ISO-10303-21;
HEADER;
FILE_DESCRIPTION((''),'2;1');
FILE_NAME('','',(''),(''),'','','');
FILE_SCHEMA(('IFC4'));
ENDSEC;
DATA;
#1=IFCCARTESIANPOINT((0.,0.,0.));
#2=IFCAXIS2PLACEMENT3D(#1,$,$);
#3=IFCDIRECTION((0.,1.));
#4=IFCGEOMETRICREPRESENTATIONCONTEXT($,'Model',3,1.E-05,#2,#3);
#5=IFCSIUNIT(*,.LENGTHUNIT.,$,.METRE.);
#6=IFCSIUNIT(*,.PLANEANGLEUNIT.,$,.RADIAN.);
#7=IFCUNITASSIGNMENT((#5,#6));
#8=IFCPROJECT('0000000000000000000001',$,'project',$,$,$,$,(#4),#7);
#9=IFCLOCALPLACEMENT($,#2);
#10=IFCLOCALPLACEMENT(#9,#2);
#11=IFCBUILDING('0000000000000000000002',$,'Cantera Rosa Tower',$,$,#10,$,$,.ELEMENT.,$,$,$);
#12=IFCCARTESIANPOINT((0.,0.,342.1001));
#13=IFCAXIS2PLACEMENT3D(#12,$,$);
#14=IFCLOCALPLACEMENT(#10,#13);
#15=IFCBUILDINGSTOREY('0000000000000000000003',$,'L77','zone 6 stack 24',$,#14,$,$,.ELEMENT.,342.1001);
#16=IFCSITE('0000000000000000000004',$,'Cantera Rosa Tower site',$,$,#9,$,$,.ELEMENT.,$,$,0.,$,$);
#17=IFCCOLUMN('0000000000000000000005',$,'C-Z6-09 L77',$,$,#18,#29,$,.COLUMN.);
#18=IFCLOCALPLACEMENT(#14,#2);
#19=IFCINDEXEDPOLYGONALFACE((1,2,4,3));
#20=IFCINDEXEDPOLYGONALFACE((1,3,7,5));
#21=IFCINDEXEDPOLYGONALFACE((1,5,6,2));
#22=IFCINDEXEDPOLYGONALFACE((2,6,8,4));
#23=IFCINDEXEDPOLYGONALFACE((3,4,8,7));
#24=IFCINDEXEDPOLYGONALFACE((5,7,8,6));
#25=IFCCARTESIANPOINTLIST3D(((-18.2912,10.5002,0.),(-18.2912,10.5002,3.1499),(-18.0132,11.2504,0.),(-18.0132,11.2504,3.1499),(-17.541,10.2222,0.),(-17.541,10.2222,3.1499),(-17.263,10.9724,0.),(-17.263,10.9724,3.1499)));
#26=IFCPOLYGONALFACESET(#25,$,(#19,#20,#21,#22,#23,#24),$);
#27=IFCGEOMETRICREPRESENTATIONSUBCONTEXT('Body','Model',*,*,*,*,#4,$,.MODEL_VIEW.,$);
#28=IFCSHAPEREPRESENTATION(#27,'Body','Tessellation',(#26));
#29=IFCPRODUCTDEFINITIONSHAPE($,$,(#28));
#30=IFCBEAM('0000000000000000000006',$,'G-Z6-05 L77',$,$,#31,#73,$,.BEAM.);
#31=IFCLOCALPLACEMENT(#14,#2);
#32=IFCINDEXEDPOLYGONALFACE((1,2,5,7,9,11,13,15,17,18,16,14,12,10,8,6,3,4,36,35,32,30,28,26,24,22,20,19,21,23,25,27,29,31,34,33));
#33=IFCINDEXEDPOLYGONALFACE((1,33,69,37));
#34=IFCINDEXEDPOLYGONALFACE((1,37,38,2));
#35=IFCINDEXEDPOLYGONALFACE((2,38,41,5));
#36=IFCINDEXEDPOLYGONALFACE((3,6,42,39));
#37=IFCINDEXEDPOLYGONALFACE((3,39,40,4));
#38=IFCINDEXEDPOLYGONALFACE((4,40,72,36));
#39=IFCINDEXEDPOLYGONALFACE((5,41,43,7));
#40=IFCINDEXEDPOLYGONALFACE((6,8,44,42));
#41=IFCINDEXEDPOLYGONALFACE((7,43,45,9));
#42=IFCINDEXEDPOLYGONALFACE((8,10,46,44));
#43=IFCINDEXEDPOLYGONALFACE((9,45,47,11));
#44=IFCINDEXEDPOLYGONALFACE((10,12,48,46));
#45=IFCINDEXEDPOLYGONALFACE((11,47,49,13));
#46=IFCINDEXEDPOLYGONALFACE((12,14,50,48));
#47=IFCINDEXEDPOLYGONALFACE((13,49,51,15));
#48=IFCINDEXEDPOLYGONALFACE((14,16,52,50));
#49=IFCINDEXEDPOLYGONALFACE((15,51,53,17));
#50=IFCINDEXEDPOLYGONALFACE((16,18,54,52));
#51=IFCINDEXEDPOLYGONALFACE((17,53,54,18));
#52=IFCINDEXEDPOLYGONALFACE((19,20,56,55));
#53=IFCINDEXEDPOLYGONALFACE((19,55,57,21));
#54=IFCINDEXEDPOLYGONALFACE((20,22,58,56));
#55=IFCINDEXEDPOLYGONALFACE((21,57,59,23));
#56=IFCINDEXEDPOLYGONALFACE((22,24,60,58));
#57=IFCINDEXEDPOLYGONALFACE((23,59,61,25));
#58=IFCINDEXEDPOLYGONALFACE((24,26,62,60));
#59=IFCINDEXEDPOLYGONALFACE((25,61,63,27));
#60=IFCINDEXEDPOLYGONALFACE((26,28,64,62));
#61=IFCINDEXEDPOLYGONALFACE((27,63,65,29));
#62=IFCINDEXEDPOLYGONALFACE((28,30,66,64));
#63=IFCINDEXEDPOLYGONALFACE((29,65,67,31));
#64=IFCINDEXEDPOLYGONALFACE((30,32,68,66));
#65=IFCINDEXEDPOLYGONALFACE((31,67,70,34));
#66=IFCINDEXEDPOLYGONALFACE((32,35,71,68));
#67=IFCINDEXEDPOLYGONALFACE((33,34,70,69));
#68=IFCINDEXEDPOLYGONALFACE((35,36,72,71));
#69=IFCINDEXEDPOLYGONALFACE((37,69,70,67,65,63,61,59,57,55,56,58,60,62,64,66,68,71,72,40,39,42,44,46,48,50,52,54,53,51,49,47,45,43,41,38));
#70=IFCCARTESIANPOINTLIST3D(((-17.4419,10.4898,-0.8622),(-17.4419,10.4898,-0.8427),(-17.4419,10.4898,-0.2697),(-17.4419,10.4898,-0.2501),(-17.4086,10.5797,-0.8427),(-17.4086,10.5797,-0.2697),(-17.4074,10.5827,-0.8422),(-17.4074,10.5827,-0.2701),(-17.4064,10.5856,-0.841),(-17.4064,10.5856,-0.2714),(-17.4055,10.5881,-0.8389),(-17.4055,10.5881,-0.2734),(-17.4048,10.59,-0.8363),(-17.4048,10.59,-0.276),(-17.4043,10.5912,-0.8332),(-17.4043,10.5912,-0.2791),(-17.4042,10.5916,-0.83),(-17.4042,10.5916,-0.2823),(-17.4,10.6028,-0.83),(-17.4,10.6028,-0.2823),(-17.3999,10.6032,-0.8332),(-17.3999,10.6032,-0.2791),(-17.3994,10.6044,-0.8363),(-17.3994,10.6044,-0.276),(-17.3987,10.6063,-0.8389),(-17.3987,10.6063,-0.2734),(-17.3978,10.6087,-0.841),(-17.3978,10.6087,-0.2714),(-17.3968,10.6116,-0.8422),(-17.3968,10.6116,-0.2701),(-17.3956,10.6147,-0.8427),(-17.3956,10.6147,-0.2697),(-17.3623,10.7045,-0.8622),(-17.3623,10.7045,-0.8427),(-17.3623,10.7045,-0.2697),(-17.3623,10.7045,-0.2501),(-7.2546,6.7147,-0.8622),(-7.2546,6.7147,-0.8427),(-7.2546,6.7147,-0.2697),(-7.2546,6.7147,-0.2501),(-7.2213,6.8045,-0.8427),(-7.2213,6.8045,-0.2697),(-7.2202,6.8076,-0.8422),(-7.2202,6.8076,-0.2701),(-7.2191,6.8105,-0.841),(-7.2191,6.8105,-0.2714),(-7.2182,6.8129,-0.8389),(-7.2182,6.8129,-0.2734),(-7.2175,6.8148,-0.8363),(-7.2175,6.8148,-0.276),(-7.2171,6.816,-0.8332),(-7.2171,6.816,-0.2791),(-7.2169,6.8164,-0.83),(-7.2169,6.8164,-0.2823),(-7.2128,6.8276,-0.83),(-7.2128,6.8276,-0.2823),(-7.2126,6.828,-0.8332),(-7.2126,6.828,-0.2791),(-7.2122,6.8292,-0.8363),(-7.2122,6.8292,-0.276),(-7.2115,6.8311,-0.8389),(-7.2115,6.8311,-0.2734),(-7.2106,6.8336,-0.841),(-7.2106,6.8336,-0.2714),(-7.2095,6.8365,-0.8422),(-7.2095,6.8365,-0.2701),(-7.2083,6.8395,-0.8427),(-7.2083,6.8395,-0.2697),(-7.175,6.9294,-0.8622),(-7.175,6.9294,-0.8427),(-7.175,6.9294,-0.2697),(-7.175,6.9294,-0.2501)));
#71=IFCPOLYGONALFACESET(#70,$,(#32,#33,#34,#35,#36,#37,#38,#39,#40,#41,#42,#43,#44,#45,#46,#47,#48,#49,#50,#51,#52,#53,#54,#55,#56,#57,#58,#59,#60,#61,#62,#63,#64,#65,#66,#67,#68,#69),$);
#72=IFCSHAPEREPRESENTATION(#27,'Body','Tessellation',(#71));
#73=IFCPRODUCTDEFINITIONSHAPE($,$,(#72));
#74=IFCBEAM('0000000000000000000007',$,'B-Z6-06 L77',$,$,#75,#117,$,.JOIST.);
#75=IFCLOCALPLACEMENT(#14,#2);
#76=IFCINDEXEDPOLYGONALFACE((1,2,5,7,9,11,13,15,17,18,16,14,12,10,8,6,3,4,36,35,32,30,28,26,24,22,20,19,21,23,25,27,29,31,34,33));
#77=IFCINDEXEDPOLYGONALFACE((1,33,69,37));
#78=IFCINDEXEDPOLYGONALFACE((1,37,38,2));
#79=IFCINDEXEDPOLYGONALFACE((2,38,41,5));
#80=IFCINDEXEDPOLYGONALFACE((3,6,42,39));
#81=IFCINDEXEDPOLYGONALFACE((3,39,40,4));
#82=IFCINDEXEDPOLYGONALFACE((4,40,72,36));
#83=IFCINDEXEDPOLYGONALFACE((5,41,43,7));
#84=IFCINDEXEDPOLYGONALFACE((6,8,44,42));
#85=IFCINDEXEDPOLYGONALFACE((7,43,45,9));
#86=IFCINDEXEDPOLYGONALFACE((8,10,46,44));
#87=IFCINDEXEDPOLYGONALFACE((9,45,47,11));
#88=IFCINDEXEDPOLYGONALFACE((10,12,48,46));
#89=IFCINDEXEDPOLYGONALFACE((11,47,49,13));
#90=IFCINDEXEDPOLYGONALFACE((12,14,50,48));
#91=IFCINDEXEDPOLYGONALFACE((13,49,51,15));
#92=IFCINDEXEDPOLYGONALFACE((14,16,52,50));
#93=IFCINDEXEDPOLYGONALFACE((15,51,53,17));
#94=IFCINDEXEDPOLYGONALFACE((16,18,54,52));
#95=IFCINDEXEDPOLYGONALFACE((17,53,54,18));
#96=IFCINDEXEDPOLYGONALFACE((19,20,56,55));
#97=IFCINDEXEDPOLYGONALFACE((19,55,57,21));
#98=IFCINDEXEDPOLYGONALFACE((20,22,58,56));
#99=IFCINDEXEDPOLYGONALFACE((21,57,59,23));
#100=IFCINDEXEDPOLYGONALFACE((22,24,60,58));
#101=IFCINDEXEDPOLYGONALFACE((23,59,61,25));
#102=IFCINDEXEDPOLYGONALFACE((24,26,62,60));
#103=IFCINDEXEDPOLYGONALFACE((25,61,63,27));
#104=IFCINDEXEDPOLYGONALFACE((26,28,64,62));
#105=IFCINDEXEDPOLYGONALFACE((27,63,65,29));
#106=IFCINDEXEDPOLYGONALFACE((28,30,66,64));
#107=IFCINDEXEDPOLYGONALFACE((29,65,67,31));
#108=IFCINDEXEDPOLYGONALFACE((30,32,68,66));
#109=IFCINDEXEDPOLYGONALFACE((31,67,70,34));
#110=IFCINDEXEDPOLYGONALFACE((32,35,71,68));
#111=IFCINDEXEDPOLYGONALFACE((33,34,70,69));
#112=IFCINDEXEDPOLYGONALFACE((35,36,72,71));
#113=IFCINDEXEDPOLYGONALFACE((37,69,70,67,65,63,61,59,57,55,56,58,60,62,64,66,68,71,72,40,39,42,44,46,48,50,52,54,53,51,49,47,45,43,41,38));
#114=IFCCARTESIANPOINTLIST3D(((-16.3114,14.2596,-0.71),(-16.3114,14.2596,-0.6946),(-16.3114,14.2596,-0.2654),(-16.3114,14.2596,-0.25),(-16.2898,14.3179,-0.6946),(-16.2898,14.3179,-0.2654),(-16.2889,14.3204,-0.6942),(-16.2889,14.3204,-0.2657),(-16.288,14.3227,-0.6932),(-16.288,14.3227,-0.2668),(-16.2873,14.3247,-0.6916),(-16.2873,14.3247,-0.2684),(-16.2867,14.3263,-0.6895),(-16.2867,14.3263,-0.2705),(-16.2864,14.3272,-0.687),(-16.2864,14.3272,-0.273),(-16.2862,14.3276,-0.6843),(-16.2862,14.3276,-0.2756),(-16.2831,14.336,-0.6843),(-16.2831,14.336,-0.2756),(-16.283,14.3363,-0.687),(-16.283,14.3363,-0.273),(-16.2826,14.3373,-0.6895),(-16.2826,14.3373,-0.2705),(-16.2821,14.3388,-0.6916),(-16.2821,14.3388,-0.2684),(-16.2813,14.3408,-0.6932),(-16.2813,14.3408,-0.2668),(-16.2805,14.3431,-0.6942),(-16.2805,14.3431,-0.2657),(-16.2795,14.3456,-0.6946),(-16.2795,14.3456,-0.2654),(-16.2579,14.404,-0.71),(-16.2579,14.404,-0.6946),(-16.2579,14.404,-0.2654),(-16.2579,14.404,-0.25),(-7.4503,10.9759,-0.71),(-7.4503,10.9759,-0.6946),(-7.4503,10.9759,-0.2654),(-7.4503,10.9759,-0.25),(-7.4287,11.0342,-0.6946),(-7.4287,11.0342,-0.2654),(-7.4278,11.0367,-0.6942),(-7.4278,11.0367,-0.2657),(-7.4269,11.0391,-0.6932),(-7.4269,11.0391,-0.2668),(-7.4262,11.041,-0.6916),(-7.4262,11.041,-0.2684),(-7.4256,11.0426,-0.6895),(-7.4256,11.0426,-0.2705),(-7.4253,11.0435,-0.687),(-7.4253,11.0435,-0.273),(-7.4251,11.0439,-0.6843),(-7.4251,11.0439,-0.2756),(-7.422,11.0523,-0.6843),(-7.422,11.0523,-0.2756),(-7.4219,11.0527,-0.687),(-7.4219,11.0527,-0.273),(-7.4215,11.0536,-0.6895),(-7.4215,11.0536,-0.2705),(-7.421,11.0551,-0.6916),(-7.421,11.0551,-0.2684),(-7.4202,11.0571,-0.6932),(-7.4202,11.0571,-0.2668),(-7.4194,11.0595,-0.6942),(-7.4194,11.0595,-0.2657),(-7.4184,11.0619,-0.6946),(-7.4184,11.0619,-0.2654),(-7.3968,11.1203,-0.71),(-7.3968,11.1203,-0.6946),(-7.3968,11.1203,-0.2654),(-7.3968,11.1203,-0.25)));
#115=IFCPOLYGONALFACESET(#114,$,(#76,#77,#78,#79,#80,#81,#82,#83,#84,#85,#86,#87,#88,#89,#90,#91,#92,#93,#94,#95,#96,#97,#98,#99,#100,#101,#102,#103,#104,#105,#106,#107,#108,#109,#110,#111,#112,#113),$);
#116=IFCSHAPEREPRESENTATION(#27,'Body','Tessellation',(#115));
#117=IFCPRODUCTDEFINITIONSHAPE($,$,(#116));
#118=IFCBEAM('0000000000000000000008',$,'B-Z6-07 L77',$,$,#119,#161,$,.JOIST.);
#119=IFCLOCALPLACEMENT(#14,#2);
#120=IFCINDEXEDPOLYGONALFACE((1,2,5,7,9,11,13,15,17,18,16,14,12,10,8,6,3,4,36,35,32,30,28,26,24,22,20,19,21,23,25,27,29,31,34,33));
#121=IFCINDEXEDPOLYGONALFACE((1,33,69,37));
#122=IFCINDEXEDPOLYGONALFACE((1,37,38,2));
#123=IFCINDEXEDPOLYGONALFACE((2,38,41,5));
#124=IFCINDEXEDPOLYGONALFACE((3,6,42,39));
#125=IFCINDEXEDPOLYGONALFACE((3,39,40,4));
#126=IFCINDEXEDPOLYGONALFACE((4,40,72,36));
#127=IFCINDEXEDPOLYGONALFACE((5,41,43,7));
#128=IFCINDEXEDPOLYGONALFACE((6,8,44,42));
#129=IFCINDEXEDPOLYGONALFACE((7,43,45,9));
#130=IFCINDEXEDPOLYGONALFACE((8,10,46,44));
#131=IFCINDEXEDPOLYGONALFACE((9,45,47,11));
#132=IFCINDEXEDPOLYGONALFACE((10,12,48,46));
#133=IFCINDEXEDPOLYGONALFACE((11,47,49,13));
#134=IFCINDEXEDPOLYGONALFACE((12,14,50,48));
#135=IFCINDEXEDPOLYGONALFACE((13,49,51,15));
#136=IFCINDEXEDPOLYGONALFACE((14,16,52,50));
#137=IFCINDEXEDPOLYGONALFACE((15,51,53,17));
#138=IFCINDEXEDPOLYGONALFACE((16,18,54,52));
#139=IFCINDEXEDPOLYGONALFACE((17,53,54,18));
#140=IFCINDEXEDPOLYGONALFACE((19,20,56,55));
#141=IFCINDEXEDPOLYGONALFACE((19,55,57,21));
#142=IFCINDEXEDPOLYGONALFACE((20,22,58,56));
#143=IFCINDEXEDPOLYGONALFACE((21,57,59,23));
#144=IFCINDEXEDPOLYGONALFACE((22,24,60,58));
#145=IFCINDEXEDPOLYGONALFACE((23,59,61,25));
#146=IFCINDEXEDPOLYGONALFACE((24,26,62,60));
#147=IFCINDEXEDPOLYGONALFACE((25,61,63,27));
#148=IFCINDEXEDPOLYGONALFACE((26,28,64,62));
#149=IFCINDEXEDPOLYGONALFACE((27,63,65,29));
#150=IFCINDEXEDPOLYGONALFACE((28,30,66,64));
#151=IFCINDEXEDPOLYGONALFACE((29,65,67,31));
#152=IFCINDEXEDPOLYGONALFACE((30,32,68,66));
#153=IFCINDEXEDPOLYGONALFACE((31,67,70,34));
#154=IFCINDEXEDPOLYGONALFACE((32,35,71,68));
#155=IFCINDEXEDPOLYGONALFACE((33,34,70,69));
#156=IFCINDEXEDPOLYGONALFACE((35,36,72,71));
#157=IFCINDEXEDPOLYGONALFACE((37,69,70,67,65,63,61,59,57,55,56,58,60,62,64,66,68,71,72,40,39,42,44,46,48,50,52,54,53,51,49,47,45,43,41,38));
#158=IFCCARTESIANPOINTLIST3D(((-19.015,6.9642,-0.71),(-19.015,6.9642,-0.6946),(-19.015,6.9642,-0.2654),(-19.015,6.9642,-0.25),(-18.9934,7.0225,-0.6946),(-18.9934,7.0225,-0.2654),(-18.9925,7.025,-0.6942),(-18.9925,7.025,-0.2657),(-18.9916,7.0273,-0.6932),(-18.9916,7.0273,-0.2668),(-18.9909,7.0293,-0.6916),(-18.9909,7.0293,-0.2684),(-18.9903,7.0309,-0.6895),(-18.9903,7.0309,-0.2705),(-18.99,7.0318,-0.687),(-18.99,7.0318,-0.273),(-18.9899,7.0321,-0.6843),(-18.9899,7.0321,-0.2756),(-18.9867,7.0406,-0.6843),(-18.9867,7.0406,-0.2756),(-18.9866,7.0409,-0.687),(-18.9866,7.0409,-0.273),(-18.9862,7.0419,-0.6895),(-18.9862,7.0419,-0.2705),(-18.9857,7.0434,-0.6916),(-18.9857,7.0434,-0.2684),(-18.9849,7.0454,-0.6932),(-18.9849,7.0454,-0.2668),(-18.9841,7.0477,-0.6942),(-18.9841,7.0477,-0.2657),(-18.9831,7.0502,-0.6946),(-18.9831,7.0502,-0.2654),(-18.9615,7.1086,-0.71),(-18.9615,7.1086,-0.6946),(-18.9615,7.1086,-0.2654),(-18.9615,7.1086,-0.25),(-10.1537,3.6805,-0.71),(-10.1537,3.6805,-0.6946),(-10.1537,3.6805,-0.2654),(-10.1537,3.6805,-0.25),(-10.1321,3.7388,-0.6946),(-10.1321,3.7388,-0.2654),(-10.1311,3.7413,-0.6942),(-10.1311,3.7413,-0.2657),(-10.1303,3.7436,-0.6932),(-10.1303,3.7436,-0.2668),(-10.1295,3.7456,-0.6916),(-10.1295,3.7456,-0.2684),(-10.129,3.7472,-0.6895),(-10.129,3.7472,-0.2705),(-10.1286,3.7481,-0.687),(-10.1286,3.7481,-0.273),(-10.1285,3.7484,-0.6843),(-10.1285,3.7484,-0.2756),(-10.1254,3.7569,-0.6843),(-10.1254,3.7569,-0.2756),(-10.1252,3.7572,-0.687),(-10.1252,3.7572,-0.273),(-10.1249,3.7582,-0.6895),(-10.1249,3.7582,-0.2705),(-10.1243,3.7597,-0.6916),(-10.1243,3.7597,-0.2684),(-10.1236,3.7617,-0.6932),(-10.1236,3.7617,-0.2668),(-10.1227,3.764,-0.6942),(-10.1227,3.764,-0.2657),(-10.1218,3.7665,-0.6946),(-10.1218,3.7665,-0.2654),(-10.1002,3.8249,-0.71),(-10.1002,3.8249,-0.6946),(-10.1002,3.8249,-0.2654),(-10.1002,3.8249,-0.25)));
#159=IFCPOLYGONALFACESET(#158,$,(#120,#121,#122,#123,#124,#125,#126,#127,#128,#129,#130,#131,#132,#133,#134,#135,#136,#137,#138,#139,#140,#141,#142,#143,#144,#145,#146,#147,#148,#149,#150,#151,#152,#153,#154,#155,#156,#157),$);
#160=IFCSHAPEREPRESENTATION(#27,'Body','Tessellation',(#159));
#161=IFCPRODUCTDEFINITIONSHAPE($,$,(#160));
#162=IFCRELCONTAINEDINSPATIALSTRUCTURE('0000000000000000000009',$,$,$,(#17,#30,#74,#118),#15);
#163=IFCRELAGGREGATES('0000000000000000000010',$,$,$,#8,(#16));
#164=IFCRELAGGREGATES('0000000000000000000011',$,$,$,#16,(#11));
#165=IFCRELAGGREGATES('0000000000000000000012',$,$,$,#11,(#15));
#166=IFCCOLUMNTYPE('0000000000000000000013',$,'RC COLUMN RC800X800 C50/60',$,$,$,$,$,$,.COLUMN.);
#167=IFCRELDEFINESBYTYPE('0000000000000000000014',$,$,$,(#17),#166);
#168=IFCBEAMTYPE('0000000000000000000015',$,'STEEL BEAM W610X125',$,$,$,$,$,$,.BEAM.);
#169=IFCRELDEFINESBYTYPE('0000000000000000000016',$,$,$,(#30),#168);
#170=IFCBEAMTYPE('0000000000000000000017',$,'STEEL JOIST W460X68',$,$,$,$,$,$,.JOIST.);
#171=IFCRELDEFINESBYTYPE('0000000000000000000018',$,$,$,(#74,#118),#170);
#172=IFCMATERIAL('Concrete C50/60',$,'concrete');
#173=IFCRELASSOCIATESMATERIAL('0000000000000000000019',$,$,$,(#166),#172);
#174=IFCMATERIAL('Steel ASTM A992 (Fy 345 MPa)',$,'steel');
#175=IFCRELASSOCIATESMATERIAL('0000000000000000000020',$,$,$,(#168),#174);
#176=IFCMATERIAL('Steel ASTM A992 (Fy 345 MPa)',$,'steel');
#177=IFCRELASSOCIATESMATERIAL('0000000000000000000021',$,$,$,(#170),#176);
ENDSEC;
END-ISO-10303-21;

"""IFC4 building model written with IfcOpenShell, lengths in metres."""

from ifc_helpers import new_model, si_unit, direction, frame, origin, origin_2d, place, context, subcontext, project, spatial, rectangle, i_section, extrude, material, material_profile, profile_set, type_object, element, save


model = new_model("IFC4")

# Units and contexts
model_context = context("Model", 3, precision=1e-05, world=origin(), true_north=direction((0.0, 1.0)))
body_context = subcontext(model_context, "Body", "Model", "MODEL_VIEW")
ifc_project = project(units=[si_unit("LENGTHUNIT", "METRE"), si_unit("PLANEANGLEUNIT", "RADIAN")], contexts=[model_context])

# Site, building, storey
site_placement = place(None, origin())
site = spatial("IfcSite", under=ifc_project, at=site_placement, Name="Cantera Rosa Tower site", CompositionType="ELEMENT", RefElevation=0.0)
building_placement = place(site_placement, origin())
building = spatial("IfcBuilding", under=site, at=building_placement, Name="Cantera Rosa Tower", CompositionType="ELEMENT")
storey_placement = place(building_placement, frame((0.0, 0.0, 342.1001)))
storey = spatial("IfcBuildingStorey", under=building, at=storey_placement, Name="L77", Description="zone 6 stack 24", CompositionType="ELEMENT", Elevation=342.1001)

# Column
ifc_material_1 = material(Name="Concrete C50/60", Category="concrete")
ifc_material_profile_1 = material_profile(ifc_material_1, rectangle(XDim=0.8, YDim=0.8, at=origin_2d()), Name="RC COLUMN RC800X800 C50/60")
ifc_profile_set_1 = profile_set([ifc_material_profile_1], Name="Concrete C50/60")
column_type = type_object("IfcColumnType", Name="RC COLUMN RC800X800 C50/60", PredefinedType="COLUMN", material=ifc_profile_set_1)
column_placement = place(storey_placement, frame((-17.7771, 10.7363, 0.0), z_axis=(0.0, 0.0, 1.0), x_axis=(0.347481, 0.937687, 0.0)))
element("IfcColumn", 1, at=column_placement, inside=storey, type_object=column_type, Name="C-Z6-09 L77", PredefinedType="COLUMN", context=body_context, shape_type="SweptSolid", body=[
    extrude(rectangle(XDim=0.8, YDim=0.8, at=origin_2d()), origin(), (0.0, 0.0, 1.0), 3.1499),
])

# Beams
ifc_material_2 = material(Name="Steel ASTM A992 (Fy 345 MPa)", Category="steel")
ifc_material_profile_2 = material_profile(ifc_material_2, i_section(OverallWidth=0.229, OverallDepth=0.6121, WebThickness=0.012, FlangeThickness=0.0195, FilletRadius=0.0127, at=origin_2d()), Name="W610X125")
ifc_profile_set_2 = profile_set([ifc_material_profile_2], Name="Steel ASTM A992 (Fy 345 MPa)")
beam_type_1 = type_object("IfcBeamType", Name="STEEL BEAM W610X125", PredefinedType="BEAM", material=ifc_profile_set_2)
beam_1_placement = place(storey_placement, frame((-17.4021, 10.5972, -0.5562), z_axis=(0.937686, -0.347483, 0.0), x_axis=(0.347483, 0.937686, 0.0)))
element("IfcBeam", 2, at=beam_1_placement, inside=storey, type_object=beam_type_1, Name="G-Z6-05 L77", PredefinedType="BEAM", context=body_context, shape_type="SweptSolid", body=[
    extrude(i_section(OverallWidth=0.229, OverallDepth=0.6121, WebThickness=0.012, FlangeThickness=0.0195, FilletRadius=0.0127, at=origin_2d()), origin(), (0.0, 0.0, 1.0), 10.8643),
])
ifc_material_3 = material(Name="Steel ASTM A992 (Fy 345 MPa)", Category="steel")
ifc_material_profile_3 = material_profile(ifc_material_3, i_section(OverallWidth=0.1541, OverallDepth=0.46, WebThickness=0.009, FlangeThickness=0.0154, FilletRadius=0.0103, at=origin_2d()), Name="W460X68")
ifc_profile_set_3 = profile_set([ifc_material_profile_3], Name="Steel ASTM A992 (Fy 345 MPa)")
beam_type_2 = type_object("IfcBeamType", Name="STEEL JOIST W460X68", PredefinedType="JOIST", material=ifc_profile_set_3)
beam_2_placement = place(storey_placement, frame((-16.2847, 14.3318, -0.48), z_axis=(0.937686, -0.347483, 0.0), x_axis=(0.347483, 0.937686, 0.0)))
element("IfcBeam", 3, at=beam_2_placement, inside=storey, type_object=beam_type_2, Name="B-Z6-06 L77", PredefinedType="JOIST", context=body_context, shape_type="SweptSolid", body=[
    extrude(i_section(OverallWidth=0.1541, OverallDepth=0.46, WebThickness=0.009, FlangeThickness=0.0154, FilletRadius=0.0103, at=origin_2d()), origin(), (0.0, 0.0, 1.0), 9.45),
])
beam_3_placement = place(storey_placement, frame((-18.9883, 7.0364, -0.48), z_axis=(0.93769, -0.347474, 0.0), x_axis=(0.347474, 0.93769, 0.0)))
element("IfcBeam", 4, at=beam_3_placement, inside=storey, type_object=beam_type_2, Name="B-Z6-07 L77", PredefinedType="JOIST", context=body_context, shape_type="SweptSolid", body=[
    extrude(i_section(OverallWidth=0.1541, OverallDepth=0.46, WebThickness=0.009, FlangeThickness=0.0154, FilletRadius=0.0103, at=origin_2d()), origin(), (0.0, 0.0, 1.0), 9.4502),
])

save(model, "model.ifc")
